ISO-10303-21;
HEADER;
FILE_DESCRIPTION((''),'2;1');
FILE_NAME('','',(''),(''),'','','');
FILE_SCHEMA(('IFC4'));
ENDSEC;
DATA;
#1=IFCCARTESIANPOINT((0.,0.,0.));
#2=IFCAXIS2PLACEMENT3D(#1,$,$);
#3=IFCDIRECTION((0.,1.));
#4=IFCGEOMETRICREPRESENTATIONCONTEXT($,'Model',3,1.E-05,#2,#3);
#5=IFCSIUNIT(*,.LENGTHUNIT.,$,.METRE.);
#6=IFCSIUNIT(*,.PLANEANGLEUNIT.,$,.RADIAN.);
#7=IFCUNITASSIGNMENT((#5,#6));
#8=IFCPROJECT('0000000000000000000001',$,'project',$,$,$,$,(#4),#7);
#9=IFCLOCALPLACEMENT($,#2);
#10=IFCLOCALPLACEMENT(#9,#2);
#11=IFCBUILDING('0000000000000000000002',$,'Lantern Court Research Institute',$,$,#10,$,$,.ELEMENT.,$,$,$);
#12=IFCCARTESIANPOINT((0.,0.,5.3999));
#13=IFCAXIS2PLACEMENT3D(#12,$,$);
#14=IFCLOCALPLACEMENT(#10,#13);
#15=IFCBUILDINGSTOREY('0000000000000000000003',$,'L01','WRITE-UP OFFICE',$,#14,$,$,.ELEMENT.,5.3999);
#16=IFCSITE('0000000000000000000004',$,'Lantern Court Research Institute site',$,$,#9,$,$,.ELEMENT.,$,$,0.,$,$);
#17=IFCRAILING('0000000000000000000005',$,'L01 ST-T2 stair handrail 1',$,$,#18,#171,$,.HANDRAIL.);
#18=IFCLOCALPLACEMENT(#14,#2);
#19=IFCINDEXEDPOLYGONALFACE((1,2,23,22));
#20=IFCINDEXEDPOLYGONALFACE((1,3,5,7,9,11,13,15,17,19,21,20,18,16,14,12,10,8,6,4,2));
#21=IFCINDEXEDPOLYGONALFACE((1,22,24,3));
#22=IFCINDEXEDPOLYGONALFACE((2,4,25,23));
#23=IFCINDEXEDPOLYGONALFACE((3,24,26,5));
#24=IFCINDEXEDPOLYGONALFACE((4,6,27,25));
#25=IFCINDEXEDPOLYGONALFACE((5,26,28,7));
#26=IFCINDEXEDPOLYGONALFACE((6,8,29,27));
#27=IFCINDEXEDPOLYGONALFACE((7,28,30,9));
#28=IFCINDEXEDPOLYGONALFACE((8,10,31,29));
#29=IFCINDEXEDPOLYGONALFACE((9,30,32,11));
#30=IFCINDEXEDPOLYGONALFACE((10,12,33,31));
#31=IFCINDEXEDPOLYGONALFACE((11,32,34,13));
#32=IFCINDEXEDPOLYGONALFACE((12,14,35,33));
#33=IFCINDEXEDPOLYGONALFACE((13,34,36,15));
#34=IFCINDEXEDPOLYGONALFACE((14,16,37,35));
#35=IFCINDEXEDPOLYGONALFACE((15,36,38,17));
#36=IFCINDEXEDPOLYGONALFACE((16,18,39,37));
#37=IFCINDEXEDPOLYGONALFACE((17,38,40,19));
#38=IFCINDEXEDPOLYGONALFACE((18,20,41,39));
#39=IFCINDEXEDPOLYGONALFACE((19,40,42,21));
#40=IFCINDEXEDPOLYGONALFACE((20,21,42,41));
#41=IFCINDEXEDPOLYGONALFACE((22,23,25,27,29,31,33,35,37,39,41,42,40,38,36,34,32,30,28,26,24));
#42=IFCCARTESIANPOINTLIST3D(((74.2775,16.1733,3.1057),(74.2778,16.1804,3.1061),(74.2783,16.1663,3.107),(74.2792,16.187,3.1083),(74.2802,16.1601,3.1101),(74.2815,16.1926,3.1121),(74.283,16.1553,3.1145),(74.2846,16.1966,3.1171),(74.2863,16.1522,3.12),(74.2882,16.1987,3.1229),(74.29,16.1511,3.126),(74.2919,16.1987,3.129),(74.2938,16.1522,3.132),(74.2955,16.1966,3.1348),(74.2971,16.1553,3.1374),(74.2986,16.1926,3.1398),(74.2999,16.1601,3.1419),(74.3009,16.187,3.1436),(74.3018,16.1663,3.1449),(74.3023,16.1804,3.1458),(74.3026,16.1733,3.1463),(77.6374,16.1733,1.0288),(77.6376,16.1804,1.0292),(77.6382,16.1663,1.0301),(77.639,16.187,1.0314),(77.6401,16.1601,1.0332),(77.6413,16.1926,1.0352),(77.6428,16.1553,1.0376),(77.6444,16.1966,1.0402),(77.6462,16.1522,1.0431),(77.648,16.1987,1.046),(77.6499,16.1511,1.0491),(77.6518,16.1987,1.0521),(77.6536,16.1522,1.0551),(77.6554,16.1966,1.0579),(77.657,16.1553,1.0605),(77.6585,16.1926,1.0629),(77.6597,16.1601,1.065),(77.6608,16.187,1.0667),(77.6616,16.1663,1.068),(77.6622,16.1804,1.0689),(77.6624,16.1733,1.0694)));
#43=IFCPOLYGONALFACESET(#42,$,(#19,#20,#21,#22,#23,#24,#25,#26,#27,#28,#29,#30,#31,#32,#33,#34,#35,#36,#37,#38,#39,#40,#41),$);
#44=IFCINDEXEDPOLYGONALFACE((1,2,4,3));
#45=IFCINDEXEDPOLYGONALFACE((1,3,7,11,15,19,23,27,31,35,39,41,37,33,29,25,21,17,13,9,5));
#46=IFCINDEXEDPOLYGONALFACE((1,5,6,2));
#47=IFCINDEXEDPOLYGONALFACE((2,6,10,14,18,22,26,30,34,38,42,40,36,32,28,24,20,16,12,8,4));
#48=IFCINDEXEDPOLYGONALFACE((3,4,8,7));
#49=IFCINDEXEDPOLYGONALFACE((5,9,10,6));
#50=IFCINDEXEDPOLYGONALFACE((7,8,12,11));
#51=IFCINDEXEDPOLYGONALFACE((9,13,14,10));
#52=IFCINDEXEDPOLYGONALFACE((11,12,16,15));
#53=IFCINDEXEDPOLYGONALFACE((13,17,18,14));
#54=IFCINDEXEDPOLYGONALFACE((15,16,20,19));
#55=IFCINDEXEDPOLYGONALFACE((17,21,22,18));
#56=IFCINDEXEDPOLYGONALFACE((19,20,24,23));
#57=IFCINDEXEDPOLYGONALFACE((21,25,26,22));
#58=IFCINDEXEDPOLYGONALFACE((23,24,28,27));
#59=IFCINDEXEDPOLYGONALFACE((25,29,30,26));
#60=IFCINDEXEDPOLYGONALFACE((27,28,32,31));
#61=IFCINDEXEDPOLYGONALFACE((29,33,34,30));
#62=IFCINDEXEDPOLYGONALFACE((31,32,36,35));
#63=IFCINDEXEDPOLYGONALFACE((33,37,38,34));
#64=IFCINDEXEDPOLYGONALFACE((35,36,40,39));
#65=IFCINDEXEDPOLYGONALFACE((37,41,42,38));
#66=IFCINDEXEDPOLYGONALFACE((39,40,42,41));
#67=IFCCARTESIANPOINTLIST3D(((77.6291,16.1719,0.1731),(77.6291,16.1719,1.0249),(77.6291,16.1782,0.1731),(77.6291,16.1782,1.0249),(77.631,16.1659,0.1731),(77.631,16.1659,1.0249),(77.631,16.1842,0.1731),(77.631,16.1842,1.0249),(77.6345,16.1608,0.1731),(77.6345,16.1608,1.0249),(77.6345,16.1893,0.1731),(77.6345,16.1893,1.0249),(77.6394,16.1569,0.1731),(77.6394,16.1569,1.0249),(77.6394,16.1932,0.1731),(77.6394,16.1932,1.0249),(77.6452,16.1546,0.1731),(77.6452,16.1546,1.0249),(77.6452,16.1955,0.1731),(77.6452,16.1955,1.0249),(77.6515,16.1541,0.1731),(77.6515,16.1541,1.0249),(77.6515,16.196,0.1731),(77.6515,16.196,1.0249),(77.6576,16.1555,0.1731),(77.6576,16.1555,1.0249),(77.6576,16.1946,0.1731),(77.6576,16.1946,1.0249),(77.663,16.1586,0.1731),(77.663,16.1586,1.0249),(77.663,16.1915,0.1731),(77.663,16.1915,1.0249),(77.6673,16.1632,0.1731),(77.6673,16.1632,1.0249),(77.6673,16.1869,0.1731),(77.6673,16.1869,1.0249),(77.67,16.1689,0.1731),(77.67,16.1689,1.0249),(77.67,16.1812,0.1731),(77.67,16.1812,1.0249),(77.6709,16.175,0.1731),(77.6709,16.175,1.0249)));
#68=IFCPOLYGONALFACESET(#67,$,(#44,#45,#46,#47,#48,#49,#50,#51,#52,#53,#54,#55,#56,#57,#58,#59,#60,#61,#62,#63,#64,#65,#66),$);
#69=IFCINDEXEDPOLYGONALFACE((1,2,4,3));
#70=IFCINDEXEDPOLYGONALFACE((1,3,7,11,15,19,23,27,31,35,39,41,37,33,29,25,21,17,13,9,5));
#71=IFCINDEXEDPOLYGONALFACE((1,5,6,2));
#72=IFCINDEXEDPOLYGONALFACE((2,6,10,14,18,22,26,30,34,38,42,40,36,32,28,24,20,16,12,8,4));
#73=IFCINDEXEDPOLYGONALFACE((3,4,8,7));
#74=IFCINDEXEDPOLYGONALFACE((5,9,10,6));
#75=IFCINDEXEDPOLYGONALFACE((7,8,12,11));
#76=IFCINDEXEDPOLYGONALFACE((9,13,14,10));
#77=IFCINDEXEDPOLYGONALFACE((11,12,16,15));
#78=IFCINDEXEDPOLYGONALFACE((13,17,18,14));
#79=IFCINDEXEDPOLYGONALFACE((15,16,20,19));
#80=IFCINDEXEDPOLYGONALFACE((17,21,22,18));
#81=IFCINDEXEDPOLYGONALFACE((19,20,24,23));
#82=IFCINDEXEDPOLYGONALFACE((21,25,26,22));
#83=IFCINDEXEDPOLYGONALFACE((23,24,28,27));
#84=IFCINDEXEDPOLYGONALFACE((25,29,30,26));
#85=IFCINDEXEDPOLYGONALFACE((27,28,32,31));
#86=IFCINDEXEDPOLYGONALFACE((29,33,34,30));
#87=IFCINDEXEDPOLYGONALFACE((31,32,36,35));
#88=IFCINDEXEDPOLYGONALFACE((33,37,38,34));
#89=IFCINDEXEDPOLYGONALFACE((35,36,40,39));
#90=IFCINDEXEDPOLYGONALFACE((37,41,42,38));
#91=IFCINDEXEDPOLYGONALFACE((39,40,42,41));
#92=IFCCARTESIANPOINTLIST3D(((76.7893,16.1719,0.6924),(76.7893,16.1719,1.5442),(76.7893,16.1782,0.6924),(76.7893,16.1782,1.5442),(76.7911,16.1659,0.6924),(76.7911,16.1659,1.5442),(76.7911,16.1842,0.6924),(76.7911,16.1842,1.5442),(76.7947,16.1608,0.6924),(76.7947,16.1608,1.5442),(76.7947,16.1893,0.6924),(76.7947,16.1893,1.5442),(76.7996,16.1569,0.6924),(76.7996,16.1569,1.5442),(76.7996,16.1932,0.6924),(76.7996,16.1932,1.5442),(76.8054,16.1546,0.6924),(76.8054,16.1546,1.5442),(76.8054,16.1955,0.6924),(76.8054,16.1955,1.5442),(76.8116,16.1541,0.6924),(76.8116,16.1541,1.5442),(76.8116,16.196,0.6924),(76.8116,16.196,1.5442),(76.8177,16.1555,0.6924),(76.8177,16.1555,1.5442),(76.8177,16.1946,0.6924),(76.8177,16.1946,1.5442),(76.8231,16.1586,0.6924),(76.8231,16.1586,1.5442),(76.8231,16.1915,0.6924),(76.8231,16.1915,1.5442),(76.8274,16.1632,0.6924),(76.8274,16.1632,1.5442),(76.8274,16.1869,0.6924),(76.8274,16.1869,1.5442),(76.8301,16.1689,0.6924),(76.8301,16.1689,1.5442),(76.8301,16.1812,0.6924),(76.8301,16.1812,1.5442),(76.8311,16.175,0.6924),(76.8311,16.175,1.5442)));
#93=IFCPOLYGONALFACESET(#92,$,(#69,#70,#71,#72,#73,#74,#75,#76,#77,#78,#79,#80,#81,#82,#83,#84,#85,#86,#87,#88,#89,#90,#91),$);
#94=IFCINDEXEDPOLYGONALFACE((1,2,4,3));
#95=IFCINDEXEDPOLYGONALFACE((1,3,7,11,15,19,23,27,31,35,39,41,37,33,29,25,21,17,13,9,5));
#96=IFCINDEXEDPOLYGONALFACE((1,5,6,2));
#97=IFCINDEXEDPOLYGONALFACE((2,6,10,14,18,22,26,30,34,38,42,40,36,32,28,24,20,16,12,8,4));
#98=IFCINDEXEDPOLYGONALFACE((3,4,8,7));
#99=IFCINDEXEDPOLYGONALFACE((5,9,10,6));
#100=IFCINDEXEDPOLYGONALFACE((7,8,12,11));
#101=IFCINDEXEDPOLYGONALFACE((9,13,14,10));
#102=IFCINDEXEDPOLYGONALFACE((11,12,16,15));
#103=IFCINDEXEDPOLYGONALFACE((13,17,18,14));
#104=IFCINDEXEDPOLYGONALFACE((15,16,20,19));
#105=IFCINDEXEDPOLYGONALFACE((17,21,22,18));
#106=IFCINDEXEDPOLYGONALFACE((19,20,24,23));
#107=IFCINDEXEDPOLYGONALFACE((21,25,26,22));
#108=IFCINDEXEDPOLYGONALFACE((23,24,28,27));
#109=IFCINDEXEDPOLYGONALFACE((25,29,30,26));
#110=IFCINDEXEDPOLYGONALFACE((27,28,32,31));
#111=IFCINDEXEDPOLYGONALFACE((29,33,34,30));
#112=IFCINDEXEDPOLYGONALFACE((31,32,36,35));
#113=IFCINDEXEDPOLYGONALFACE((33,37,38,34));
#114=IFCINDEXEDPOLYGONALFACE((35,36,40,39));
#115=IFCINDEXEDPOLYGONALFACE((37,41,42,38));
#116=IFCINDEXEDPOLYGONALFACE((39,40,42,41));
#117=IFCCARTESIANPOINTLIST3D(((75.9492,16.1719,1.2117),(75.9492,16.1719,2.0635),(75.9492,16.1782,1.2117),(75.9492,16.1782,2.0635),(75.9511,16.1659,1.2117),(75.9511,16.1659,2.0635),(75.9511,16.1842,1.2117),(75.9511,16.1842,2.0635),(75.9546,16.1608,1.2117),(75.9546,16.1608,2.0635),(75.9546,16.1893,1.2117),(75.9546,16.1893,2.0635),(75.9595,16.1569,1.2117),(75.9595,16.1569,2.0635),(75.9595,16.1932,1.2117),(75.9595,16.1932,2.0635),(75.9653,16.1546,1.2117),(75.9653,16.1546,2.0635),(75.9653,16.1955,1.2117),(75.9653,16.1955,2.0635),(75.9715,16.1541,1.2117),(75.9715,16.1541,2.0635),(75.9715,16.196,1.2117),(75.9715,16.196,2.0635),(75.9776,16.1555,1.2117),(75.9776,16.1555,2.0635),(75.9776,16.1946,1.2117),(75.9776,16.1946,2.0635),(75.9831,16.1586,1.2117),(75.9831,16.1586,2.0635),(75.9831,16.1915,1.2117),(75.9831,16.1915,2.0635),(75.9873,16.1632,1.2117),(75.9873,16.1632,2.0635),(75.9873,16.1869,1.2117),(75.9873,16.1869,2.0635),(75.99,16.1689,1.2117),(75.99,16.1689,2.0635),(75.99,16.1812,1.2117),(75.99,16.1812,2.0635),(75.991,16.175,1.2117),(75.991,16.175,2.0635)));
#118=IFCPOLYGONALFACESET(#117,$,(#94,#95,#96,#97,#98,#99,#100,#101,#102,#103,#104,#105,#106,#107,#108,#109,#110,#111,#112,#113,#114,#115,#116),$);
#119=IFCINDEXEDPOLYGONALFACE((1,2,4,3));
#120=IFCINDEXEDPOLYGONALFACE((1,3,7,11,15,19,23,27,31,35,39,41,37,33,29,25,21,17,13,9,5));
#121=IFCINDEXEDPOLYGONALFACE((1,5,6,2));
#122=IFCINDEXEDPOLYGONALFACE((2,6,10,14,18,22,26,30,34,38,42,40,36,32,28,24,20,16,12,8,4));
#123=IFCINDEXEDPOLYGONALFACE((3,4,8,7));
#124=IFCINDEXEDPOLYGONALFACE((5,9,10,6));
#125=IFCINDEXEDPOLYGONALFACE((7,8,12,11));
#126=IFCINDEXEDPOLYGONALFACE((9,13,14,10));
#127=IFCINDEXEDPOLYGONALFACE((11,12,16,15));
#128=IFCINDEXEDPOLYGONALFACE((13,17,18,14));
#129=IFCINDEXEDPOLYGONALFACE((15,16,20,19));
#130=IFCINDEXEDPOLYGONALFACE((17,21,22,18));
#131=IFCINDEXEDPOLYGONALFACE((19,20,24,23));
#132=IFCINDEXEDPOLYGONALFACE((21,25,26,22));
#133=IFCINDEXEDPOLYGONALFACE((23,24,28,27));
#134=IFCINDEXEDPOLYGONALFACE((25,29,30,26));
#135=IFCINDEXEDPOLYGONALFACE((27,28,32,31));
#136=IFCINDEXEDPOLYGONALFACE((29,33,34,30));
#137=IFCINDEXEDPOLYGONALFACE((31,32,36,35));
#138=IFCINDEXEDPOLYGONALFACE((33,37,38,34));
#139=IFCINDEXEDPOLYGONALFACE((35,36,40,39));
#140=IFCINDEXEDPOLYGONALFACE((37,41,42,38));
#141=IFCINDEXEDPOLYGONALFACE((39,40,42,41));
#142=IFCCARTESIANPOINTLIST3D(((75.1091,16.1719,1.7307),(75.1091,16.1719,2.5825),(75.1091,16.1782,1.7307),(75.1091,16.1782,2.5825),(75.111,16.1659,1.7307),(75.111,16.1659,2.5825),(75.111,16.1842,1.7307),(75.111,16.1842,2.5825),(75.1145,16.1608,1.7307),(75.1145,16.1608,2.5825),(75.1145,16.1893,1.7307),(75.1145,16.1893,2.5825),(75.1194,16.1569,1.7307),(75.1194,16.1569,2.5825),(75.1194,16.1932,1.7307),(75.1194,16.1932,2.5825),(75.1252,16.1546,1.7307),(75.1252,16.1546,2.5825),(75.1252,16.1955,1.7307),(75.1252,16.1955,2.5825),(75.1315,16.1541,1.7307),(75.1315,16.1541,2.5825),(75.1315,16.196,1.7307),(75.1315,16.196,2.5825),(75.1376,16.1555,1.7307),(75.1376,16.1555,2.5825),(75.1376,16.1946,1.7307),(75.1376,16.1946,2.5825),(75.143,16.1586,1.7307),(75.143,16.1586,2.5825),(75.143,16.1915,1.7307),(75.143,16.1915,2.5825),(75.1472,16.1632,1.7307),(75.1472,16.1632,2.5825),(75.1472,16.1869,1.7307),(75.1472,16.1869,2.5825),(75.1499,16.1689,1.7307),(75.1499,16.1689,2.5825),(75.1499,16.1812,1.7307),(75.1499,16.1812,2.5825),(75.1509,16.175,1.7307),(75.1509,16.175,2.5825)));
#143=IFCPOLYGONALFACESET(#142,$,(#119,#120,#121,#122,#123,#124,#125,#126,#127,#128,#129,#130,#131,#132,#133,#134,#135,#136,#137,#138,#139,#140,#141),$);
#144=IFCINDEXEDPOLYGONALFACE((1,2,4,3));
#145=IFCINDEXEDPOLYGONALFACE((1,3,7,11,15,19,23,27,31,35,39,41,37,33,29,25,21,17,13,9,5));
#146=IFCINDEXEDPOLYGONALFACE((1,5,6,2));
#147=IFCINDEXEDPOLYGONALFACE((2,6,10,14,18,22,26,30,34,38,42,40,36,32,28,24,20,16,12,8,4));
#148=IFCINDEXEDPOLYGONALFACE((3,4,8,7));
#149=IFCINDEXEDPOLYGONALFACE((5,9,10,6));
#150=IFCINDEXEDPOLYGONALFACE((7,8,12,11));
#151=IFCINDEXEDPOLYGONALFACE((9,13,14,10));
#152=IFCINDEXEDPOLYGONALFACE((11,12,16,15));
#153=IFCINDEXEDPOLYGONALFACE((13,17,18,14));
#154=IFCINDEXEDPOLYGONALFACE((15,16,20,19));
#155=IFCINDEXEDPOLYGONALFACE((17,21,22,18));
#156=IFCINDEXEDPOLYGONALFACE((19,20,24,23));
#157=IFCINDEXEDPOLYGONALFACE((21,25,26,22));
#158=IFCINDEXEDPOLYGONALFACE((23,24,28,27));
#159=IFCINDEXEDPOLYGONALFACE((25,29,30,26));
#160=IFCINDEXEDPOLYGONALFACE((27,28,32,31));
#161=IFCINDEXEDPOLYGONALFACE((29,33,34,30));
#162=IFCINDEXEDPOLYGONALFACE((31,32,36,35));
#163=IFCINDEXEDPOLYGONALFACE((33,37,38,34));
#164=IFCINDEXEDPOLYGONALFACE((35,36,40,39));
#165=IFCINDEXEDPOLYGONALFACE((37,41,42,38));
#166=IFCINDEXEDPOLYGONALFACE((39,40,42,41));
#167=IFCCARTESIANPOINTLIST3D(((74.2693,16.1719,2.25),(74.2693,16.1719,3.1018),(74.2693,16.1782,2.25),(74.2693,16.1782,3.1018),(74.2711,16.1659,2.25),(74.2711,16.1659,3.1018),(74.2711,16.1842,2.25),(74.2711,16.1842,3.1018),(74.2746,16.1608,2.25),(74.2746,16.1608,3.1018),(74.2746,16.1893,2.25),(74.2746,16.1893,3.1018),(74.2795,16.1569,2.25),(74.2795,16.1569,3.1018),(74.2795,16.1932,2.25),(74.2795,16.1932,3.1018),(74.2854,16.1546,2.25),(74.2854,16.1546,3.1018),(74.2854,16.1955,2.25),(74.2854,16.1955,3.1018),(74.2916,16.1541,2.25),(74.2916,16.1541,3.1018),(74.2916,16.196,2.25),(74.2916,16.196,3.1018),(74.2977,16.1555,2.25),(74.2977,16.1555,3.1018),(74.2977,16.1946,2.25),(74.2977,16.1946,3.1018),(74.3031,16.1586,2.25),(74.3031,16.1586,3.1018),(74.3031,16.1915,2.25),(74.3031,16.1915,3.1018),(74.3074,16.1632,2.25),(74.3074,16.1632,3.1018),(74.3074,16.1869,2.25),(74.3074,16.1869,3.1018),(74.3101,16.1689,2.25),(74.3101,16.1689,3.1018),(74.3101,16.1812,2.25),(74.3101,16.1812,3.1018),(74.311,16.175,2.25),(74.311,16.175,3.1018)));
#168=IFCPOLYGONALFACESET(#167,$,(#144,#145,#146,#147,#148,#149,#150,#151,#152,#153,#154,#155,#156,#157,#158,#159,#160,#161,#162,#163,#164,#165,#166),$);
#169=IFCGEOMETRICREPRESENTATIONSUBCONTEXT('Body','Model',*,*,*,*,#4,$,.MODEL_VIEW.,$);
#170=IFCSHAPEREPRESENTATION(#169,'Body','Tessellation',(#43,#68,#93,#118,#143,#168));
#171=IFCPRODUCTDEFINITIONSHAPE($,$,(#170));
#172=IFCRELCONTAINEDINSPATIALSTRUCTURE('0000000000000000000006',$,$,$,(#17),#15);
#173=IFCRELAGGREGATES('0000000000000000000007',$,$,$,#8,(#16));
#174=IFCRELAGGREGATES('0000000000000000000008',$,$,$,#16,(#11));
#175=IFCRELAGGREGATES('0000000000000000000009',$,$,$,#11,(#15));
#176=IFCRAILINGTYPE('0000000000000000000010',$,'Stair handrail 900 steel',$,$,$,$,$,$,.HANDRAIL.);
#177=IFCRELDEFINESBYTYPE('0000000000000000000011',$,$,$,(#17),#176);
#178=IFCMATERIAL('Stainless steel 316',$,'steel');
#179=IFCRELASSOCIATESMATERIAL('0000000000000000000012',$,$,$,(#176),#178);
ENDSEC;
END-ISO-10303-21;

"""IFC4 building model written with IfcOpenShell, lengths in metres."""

from ifc_helpers import new_model, si_unit, direction, frame, origin, origin_2d, place, context, subcontext, project, spatial, circle, extrude, material, type_object, element, save


model = new_model("IFC4")

# Units and contexts
model_context = context("Model", 3, precision=1e-05, world=origin(), true_north=direction((0.0, 1.0)))
body_context = subcontext(model_context, "Body", "Model", "MODEL_VIEW")
ifc_project = project(units=[si_unit("LENGTHUNIT", "METRE"), si_unit("PLANEANGLEUNIT", "RADIAN")], contexts=[model_context])

# Site, building, storey
site_placement = place(None, origin())
site = spatial("IfcSite", under=ifc_project, at=site_placement, Name="Lantern Court Research Institute site", CompositionType="ELEMENT", RefElevation=0.0)
building_placement = place(site_placement, origin())
building = spatial("IfcBuilding", under=site, at=building_placement, Name="Lantern Court Research Institute", CompositionType="ELEMENT")
storey_placement = place(building_placement, frame((0.0, 0.0, 5.3999)))
storey = spatial("IfcBuildingStorey", under=building, at=storey_placement, Name="L01", Description="WRITE-UP OFFICE", CompositionType="ELEMENT", Elevation=5.3999)

# Railing
ifc_material_1 = material(Name="Stainless steel 316", Category="steel")
railing_type_1 = type_object("IfcRailingType", Name="Stair handrail 900 steel", PredefinedType="HANDRAIL", material=ifc_material_1)
railing_1_placement = place(storey_placement, frame((77.6499, 16.175, 0.1731)))
element("IfcRailing", 1, at=railing_1_placement, inside=storey, type_object=railing_type_1, Name="L01 ST-T2 stair handrail 1", PredefinedType="HANDRAIL", context=body_context, shape_type="SweptSolid", body=[
    extrude(circle(Radius=0.0239, at=origin_2d()), frame((0.0, 0.0, 0.876), z_axis=(-0.850606, 0.0, 0.525803), x_axis=(0.0, -1.0, 0.0)), (0.0, 0.0, 1.0), 3.95),
    extrude(circle(Radius=0.021, at=origin_2d()), origin(), (0.0, 0.0, 1.0), 0.8518),
    extrude(circle(Radius=0.021, at=origin_2d()), frame((-0.8398, 0.0, 0.5193)), (0.0, 0.0, 1.0), 0.8518),
    extrude(circle(Radius=0.021, at=origin_2d()), frame((-1.6799, 0.0, 1.0386)), (0.0, 0.0, 1.0), 0.8518),
    extrude(circle(Radius=0.021, at=origin_2d()), frame((-2.52, 0.0, 1.5576)), (0.0, 0.0, 1.0), 0.8518),
    extrude(circle(Radius=0.021, at=origin_2d()), frame((-3.3599, 0.0, 2.0769)), (0.0, 0.0, 1.0), 0.8518),
])

save(model, "model.ifc")
